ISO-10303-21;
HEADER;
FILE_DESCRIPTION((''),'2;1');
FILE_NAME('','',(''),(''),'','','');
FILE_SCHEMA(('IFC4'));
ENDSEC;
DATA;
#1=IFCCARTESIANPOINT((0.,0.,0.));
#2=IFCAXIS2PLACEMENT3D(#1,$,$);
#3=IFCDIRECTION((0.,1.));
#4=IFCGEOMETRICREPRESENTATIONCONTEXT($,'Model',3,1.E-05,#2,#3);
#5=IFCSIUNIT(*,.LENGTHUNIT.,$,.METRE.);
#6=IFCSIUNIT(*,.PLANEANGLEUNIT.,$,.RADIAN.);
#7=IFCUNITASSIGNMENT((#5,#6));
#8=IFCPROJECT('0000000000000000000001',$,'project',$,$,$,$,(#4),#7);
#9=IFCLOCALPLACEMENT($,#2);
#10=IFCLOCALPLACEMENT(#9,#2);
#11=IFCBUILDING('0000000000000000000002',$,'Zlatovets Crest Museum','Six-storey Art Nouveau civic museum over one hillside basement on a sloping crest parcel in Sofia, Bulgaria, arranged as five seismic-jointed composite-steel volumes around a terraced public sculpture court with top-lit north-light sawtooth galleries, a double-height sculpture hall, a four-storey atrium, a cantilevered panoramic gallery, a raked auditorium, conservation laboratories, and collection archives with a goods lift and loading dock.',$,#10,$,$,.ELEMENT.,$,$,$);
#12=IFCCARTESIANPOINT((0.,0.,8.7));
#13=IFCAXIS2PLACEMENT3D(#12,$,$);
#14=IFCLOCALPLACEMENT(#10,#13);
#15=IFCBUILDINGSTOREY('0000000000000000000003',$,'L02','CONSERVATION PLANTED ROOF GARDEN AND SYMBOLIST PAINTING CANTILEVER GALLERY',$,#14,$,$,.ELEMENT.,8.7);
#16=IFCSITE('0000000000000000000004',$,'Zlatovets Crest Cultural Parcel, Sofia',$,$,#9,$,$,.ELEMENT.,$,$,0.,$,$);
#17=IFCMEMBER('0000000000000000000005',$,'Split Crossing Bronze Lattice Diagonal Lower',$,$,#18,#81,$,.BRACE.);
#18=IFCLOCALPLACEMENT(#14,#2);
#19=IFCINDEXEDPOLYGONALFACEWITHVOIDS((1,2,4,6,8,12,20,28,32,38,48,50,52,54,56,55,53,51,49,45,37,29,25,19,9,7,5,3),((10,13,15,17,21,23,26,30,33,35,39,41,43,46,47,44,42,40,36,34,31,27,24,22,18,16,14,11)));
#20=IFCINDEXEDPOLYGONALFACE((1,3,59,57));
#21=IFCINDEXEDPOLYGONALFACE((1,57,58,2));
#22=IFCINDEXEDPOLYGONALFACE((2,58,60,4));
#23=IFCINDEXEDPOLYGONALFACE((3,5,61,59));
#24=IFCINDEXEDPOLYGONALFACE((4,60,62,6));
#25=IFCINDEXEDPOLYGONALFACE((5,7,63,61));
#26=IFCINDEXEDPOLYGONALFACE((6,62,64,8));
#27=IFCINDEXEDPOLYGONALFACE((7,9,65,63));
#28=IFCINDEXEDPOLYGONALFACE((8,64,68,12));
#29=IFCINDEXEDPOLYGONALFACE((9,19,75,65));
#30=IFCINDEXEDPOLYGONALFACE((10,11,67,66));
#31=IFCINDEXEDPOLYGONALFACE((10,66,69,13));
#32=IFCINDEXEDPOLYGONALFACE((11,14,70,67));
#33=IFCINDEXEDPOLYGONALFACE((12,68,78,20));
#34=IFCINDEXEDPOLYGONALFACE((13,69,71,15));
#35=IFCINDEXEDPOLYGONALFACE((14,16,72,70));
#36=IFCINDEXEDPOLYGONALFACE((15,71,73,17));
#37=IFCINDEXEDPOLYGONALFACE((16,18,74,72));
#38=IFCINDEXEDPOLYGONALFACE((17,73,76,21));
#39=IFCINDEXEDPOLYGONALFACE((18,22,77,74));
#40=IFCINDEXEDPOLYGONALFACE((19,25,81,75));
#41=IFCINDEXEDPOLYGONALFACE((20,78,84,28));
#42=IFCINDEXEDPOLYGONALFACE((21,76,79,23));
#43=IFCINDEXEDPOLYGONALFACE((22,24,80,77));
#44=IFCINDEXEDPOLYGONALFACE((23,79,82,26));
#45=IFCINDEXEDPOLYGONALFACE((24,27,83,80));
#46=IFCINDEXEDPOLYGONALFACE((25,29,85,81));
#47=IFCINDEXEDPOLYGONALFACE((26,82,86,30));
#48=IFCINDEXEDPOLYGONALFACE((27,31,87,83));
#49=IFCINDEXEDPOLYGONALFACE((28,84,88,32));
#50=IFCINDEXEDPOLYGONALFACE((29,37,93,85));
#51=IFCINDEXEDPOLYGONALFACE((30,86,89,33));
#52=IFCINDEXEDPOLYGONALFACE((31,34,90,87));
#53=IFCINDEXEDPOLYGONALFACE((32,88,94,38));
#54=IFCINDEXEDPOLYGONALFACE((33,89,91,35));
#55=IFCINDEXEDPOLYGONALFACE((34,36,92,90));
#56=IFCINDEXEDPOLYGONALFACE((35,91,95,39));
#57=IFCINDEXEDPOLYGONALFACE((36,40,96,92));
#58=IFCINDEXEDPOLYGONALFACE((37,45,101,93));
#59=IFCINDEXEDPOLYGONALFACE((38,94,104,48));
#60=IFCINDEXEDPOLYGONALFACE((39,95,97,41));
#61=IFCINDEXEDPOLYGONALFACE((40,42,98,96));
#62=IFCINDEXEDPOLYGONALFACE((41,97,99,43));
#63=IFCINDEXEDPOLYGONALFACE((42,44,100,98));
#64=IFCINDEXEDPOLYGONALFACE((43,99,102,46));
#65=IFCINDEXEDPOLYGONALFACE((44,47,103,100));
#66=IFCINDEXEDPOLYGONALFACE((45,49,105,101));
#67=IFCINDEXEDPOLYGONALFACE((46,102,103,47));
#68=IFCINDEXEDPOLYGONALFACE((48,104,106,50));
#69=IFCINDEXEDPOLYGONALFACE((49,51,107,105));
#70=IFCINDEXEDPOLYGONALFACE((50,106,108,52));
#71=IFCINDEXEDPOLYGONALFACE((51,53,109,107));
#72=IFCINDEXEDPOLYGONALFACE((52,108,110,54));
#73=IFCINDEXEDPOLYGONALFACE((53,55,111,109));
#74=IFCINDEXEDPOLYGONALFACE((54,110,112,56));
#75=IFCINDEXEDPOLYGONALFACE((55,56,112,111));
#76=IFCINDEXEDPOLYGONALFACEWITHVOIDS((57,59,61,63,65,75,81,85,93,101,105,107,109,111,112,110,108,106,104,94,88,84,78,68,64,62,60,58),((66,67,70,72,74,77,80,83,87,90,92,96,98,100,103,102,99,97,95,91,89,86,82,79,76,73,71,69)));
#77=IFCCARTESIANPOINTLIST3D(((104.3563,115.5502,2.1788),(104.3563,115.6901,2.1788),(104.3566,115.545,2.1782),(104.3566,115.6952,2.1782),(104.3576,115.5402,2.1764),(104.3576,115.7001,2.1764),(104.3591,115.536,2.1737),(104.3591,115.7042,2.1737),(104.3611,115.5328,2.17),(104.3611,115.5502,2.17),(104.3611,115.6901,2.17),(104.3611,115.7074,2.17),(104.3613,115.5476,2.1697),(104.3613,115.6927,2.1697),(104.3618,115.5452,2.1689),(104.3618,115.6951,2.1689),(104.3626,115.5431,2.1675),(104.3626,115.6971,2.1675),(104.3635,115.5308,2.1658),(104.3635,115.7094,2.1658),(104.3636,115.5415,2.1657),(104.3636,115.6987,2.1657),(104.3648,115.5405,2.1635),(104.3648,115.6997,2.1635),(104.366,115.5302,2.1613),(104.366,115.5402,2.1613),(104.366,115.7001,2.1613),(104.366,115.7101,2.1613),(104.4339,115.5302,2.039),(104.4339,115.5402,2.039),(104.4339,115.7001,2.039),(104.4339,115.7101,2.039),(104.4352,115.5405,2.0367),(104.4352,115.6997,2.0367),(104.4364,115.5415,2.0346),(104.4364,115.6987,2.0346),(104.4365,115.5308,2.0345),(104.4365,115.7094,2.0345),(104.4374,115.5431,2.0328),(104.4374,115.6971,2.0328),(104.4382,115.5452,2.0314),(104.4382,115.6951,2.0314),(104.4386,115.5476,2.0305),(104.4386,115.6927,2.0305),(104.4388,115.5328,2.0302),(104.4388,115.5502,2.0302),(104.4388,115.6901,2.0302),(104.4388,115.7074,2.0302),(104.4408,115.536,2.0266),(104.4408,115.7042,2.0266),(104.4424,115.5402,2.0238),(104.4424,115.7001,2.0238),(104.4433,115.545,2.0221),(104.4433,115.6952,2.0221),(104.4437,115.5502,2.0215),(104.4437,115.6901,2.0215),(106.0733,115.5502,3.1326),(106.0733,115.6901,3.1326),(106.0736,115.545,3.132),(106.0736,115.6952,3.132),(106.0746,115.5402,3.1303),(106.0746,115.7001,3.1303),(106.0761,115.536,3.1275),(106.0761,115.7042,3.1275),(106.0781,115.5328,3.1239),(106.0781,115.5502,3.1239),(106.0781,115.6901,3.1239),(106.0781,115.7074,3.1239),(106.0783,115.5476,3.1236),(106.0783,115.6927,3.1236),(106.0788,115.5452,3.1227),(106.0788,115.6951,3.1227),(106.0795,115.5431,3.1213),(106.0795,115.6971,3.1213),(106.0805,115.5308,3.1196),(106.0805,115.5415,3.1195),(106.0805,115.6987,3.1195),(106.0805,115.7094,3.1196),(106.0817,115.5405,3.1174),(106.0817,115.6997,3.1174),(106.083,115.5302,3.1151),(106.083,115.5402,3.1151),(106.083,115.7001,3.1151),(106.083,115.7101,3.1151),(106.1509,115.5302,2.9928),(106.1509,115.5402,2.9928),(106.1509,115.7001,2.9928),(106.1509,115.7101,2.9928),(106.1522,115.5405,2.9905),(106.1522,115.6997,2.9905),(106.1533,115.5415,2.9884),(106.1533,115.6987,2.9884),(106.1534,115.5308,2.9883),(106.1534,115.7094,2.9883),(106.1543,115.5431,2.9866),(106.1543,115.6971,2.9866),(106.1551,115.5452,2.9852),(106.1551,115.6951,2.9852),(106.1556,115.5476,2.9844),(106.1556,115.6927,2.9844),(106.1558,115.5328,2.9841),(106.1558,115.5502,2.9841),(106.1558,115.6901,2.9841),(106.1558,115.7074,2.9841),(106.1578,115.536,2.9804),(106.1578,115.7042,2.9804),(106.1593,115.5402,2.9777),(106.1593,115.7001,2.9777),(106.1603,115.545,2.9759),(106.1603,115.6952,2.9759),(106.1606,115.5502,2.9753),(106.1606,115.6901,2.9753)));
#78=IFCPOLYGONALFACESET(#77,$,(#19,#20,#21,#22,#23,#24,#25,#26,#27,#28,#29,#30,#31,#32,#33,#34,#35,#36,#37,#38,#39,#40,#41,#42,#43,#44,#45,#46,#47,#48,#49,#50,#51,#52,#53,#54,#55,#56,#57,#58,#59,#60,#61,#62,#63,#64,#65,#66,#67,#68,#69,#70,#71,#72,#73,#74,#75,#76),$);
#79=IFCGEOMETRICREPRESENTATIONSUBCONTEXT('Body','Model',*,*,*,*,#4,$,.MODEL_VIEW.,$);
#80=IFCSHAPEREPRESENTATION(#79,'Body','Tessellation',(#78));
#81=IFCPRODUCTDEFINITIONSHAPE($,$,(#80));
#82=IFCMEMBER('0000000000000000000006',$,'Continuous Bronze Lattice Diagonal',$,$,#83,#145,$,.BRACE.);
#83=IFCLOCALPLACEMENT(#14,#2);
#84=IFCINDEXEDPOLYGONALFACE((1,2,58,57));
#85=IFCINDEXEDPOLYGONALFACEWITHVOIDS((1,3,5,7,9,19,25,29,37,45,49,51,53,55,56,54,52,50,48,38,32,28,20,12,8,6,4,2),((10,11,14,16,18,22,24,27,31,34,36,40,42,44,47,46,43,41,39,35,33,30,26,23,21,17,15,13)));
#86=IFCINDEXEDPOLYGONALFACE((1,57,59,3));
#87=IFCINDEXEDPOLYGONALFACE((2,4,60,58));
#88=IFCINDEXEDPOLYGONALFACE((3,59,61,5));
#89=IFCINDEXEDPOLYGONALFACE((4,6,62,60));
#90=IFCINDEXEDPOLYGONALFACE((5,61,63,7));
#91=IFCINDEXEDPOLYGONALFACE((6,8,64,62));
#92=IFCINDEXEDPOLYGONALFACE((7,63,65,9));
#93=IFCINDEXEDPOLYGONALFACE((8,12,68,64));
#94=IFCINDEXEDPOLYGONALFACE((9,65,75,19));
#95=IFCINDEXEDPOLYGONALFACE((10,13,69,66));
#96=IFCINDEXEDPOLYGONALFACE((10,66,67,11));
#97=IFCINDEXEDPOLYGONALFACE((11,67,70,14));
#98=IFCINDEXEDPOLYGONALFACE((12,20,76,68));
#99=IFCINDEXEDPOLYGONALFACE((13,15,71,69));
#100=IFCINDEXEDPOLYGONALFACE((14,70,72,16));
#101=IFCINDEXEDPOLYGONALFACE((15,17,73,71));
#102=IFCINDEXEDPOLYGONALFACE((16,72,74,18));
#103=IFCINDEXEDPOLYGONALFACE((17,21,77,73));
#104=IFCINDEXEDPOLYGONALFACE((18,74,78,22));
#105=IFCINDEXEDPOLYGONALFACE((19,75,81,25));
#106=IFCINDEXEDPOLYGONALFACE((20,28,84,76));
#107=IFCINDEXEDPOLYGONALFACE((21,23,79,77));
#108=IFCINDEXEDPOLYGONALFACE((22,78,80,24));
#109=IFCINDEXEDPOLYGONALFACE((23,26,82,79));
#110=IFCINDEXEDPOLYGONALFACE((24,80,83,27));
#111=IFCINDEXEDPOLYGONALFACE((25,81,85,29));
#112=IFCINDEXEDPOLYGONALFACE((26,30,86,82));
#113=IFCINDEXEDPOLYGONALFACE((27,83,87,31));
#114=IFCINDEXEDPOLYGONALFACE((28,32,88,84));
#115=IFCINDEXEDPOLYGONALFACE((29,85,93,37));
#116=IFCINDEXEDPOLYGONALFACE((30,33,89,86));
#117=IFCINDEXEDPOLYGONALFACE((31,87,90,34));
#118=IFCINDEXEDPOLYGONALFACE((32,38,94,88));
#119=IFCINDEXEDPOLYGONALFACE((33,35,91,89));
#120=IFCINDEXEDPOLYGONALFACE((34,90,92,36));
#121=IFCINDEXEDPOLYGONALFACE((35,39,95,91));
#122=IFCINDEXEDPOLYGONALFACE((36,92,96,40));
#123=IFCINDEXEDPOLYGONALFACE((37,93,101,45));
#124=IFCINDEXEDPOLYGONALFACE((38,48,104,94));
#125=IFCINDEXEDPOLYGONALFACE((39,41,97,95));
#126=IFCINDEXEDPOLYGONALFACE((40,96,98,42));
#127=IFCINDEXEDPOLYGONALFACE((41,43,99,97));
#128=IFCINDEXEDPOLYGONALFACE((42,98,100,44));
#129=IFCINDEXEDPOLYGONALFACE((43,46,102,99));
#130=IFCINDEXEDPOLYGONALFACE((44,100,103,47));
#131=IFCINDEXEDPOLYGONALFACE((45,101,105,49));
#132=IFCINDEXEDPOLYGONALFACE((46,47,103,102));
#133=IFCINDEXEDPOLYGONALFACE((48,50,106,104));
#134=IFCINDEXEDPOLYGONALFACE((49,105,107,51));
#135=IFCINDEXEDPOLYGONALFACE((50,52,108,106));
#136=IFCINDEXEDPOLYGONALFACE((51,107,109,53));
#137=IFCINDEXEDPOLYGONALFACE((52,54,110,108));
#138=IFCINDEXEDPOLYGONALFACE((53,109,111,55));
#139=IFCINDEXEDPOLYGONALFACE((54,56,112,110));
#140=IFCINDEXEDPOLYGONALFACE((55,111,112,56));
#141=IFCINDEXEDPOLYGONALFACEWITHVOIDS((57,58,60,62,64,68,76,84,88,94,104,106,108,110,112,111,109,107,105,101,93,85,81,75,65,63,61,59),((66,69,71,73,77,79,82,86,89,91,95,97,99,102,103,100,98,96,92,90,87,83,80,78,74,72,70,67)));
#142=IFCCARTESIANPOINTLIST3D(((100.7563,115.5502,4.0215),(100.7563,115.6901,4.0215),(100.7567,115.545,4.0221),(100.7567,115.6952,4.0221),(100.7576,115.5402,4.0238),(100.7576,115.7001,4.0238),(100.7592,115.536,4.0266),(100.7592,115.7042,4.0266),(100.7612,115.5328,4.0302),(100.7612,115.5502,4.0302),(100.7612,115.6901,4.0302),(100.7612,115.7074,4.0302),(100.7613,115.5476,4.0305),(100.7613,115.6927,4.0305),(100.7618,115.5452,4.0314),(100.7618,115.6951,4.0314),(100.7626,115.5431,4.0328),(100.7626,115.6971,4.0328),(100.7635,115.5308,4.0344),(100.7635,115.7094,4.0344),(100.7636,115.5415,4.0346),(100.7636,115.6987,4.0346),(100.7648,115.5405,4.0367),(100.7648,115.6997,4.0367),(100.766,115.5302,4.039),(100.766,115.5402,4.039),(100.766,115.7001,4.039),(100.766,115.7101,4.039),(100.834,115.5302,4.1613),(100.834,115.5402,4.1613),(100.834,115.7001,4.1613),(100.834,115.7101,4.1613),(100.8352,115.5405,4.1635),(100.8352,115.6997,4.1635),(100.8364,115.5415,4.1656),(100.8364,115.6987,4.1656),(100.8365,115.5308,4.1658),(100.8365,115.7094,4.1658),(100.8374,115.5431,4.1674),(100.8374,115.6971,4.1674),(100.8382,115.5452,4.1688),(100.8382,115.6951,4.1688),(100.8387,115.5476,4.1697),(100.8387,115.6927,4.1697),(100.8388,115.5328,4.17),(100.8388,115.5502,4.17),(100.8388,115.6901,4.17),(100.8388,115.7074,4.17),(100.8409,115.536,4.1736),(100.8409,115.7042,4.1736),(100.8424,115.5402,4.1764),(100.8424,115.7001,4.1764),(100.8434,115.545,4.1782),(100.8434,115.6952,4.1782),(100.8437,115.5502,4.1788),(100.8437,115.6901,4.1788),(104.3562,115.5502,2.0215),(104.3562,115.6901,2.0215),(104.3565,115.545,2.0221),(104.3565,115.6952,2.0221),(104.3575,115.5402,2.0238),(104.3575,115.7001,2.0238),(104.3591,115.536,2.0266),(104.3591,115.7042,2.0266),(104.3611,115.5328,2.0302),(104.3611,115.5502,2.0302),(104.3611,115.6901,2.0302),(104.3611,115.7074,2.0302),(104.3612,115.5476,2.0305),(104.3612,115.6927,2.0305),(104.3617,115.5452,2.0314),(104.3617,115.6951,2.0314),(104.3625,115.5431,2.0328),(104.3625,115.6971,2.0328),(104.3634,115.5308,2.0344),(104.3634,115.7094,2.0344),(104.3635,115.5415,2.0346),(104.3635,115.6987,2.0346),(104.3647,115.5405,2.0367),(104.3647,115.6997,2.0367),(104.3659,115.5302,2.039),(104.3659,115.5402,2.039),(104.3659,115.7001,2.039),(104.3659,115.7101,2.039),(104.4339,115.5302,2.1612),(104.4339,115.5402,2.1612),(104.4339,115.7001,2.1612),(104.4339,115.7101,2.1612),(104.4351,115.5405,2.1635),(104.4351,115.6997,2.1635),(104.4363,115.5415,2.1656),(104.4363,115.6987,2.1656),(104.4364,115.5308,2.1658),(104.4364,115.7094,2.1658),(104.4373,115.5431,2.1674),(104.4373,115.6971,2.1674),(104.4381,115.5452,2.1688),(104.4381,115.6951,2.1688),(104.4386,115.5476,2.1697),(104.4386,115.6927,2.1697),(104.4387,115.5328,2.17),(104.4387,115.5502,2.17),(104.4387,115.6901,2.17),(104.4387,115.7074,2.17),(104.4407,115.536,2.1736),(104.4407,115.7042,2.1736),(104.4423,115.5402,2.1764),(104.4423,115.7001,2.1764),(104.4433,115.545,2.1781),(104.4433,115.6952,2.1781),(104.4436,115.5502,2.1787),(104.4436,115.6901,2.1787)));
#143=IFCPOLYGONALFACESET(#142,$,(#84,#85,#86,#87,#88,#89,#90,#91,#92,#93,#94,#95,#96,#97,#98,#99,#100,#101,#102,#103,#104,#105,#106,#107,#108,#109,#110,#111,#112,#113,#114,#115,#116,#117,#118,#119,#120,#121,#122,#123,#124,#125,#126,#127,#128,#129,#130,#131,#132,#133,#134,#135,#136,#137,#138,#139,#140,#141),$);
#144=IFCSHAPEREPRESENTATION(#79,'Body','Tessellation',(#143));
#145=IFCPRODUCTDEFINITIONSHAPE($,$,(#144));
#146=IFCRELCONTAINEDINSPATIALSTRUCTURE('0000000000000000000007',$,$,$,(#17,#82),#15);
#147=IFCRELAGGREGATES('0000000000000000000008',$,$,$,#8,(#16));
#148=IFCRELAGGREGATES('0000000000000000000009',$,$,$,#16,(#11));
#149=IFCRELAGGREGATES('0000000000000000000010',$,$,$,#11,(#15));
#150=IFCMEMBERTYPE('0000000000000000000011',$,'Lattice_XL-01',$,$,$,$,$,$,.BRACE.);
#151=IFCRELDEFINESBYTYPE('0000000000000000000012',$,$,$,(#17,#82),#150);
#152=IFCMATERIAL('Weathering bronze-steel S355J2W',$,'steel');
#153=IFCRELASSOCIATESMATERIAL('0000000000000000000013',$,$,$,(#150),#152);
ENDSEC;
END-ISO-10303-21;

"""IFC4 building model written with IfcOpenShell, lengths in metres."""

from ifc_helpers import new_model, si_unit, direction, frame, origin, origin_2d, place, context, subcontext, project, spatial, hollow_rectangle, extrude, material, material_profile, profile_set, type_object, element, save


model = new_model("IFC4")

# Units and contexts
model_context = context("Model", 3, precision=1e-05, world=origin(), true_north=direction((0.0, 1.0)))
body_context = subcontext(model_context, "Body", "Model", "MODEL_VIEW")
ifc_project = project(units=[si_unit("LENGTHUNIT", "METRE"), si_unit("PLANEANGLEUNIT", "RADIAN")], contexts=[model_context])

# Site, building, storey
site_placement = place(None, origin())
site = spatial("IfcSite", under=ifc_project, at=site_placement, Name="Zlatovets Crest Cultural Parcel, Sofia", CompositionType="ELEMENT", RefElevation=0.0)
building_placement = place(site_placement, origin())
building = spatial("IfcBuilding", under=site, at=building_placement, Name="Zlatovets Crest Museum", Description="Six-storey Art Nouveau civic museum over one hillside basement on a sloping crest parcel in Sofia, Bulgaria, arranged as five seismic-jointed composite-steel volumes around a terraced public sculpture court with top-lit north-light sawtooth galleries, a double-height sculpture hall, a four-storey atrium, a cantilevered panoramic gallery, a raked auditorium, conservation laboratories, and collection archives with a goods lift and loading dock.", CompositionType="ELEMENT")
storey_placement = place(building_placement, frame((0.0, 0.0, 8.7)))
storey = spatial("IfcBuildingStorey", under=building, at=storey_placement, Name="L02", Description="CONSERVATION PLANTED ROOF GARDEN AND SYMBOLIST PAINTING CANTILEVER GALLERY", CompositionType="ELEMENT", Elevation=8.7)

# Members
ifc_material_1 = material(Name="Weathering bronze-steel S355J2W", Category="steel")
ifc_material_profile_1 = material_profile(ifc_material_1, hollow_rectangle(XDim=0.1799, YDim=0.1799, WallThickness=0.01, InnerFilletRadius=0.01, OuterFilletRadius=0.02, at=origin_2d()), Name="SHS 180x180x10.0")
ifc_profile_set_1 = profile_set([ifc_material_profile_1], Name="Weathering bronze-steel S355J2W")
member_type_1 = type_object("IfcMemberType", Name="Lattice_XL-01", PredefinedType="BRACE", material=ifc_profile_set_1)
for number, where, z_axis, x_axis, name in (
    (1, (106.1169, 115.6201, 3.054), (-0.874169, 0.0, -0.485622), (0.0, -1.0, 0.0), "Split Crossing Bronze Lattice Diagonal Lower"),
):
    element("IfcMember", number, at=place(storey_placement, frame(where, z_axis=z_axis, x_axis=x_axis)), inside=storey, type_object=member_type_1, Name=name, PredefinedType="BRACE", context=body_context, shape_type="SweptSolid", body=[
        extrude(hollow_rectangle(XDim=0.1799, YDim=0.1799, WallThickness=0.01, InnerFilletRadius=0.01, OuterFilletRadius=0.02, at=origin_2d()), origin(), (0.0, 0.0, 1.0), 1.9641),
    ])
member_1_placement = place(storey_placement, frame((104.3999, 115.6201, 2.1001), z_axis=(-0.874149, 0.0, 0.485658), x_axis=(0.0, -1.0, 0.0)))
element("IfcMember", 2, at=member_1_placement, inside=storey, type_object=member_type_1, Name="Continuous Bronze Lattice Diagonal", PredefinedType="BRACE", context=body_context, shape_type="SweptSolid", body=[
    extrude(hollow_rectangle(XDim=0.1799, YDim=0.1799, WallThickness=0.01, InnerFilletRadius=0.01, OuterFilletRadius=0.02, at=origin_2d()), origin(), (0.0, 0.0, 1.0), 4.1182),
])

save(model, "model.ifc")
